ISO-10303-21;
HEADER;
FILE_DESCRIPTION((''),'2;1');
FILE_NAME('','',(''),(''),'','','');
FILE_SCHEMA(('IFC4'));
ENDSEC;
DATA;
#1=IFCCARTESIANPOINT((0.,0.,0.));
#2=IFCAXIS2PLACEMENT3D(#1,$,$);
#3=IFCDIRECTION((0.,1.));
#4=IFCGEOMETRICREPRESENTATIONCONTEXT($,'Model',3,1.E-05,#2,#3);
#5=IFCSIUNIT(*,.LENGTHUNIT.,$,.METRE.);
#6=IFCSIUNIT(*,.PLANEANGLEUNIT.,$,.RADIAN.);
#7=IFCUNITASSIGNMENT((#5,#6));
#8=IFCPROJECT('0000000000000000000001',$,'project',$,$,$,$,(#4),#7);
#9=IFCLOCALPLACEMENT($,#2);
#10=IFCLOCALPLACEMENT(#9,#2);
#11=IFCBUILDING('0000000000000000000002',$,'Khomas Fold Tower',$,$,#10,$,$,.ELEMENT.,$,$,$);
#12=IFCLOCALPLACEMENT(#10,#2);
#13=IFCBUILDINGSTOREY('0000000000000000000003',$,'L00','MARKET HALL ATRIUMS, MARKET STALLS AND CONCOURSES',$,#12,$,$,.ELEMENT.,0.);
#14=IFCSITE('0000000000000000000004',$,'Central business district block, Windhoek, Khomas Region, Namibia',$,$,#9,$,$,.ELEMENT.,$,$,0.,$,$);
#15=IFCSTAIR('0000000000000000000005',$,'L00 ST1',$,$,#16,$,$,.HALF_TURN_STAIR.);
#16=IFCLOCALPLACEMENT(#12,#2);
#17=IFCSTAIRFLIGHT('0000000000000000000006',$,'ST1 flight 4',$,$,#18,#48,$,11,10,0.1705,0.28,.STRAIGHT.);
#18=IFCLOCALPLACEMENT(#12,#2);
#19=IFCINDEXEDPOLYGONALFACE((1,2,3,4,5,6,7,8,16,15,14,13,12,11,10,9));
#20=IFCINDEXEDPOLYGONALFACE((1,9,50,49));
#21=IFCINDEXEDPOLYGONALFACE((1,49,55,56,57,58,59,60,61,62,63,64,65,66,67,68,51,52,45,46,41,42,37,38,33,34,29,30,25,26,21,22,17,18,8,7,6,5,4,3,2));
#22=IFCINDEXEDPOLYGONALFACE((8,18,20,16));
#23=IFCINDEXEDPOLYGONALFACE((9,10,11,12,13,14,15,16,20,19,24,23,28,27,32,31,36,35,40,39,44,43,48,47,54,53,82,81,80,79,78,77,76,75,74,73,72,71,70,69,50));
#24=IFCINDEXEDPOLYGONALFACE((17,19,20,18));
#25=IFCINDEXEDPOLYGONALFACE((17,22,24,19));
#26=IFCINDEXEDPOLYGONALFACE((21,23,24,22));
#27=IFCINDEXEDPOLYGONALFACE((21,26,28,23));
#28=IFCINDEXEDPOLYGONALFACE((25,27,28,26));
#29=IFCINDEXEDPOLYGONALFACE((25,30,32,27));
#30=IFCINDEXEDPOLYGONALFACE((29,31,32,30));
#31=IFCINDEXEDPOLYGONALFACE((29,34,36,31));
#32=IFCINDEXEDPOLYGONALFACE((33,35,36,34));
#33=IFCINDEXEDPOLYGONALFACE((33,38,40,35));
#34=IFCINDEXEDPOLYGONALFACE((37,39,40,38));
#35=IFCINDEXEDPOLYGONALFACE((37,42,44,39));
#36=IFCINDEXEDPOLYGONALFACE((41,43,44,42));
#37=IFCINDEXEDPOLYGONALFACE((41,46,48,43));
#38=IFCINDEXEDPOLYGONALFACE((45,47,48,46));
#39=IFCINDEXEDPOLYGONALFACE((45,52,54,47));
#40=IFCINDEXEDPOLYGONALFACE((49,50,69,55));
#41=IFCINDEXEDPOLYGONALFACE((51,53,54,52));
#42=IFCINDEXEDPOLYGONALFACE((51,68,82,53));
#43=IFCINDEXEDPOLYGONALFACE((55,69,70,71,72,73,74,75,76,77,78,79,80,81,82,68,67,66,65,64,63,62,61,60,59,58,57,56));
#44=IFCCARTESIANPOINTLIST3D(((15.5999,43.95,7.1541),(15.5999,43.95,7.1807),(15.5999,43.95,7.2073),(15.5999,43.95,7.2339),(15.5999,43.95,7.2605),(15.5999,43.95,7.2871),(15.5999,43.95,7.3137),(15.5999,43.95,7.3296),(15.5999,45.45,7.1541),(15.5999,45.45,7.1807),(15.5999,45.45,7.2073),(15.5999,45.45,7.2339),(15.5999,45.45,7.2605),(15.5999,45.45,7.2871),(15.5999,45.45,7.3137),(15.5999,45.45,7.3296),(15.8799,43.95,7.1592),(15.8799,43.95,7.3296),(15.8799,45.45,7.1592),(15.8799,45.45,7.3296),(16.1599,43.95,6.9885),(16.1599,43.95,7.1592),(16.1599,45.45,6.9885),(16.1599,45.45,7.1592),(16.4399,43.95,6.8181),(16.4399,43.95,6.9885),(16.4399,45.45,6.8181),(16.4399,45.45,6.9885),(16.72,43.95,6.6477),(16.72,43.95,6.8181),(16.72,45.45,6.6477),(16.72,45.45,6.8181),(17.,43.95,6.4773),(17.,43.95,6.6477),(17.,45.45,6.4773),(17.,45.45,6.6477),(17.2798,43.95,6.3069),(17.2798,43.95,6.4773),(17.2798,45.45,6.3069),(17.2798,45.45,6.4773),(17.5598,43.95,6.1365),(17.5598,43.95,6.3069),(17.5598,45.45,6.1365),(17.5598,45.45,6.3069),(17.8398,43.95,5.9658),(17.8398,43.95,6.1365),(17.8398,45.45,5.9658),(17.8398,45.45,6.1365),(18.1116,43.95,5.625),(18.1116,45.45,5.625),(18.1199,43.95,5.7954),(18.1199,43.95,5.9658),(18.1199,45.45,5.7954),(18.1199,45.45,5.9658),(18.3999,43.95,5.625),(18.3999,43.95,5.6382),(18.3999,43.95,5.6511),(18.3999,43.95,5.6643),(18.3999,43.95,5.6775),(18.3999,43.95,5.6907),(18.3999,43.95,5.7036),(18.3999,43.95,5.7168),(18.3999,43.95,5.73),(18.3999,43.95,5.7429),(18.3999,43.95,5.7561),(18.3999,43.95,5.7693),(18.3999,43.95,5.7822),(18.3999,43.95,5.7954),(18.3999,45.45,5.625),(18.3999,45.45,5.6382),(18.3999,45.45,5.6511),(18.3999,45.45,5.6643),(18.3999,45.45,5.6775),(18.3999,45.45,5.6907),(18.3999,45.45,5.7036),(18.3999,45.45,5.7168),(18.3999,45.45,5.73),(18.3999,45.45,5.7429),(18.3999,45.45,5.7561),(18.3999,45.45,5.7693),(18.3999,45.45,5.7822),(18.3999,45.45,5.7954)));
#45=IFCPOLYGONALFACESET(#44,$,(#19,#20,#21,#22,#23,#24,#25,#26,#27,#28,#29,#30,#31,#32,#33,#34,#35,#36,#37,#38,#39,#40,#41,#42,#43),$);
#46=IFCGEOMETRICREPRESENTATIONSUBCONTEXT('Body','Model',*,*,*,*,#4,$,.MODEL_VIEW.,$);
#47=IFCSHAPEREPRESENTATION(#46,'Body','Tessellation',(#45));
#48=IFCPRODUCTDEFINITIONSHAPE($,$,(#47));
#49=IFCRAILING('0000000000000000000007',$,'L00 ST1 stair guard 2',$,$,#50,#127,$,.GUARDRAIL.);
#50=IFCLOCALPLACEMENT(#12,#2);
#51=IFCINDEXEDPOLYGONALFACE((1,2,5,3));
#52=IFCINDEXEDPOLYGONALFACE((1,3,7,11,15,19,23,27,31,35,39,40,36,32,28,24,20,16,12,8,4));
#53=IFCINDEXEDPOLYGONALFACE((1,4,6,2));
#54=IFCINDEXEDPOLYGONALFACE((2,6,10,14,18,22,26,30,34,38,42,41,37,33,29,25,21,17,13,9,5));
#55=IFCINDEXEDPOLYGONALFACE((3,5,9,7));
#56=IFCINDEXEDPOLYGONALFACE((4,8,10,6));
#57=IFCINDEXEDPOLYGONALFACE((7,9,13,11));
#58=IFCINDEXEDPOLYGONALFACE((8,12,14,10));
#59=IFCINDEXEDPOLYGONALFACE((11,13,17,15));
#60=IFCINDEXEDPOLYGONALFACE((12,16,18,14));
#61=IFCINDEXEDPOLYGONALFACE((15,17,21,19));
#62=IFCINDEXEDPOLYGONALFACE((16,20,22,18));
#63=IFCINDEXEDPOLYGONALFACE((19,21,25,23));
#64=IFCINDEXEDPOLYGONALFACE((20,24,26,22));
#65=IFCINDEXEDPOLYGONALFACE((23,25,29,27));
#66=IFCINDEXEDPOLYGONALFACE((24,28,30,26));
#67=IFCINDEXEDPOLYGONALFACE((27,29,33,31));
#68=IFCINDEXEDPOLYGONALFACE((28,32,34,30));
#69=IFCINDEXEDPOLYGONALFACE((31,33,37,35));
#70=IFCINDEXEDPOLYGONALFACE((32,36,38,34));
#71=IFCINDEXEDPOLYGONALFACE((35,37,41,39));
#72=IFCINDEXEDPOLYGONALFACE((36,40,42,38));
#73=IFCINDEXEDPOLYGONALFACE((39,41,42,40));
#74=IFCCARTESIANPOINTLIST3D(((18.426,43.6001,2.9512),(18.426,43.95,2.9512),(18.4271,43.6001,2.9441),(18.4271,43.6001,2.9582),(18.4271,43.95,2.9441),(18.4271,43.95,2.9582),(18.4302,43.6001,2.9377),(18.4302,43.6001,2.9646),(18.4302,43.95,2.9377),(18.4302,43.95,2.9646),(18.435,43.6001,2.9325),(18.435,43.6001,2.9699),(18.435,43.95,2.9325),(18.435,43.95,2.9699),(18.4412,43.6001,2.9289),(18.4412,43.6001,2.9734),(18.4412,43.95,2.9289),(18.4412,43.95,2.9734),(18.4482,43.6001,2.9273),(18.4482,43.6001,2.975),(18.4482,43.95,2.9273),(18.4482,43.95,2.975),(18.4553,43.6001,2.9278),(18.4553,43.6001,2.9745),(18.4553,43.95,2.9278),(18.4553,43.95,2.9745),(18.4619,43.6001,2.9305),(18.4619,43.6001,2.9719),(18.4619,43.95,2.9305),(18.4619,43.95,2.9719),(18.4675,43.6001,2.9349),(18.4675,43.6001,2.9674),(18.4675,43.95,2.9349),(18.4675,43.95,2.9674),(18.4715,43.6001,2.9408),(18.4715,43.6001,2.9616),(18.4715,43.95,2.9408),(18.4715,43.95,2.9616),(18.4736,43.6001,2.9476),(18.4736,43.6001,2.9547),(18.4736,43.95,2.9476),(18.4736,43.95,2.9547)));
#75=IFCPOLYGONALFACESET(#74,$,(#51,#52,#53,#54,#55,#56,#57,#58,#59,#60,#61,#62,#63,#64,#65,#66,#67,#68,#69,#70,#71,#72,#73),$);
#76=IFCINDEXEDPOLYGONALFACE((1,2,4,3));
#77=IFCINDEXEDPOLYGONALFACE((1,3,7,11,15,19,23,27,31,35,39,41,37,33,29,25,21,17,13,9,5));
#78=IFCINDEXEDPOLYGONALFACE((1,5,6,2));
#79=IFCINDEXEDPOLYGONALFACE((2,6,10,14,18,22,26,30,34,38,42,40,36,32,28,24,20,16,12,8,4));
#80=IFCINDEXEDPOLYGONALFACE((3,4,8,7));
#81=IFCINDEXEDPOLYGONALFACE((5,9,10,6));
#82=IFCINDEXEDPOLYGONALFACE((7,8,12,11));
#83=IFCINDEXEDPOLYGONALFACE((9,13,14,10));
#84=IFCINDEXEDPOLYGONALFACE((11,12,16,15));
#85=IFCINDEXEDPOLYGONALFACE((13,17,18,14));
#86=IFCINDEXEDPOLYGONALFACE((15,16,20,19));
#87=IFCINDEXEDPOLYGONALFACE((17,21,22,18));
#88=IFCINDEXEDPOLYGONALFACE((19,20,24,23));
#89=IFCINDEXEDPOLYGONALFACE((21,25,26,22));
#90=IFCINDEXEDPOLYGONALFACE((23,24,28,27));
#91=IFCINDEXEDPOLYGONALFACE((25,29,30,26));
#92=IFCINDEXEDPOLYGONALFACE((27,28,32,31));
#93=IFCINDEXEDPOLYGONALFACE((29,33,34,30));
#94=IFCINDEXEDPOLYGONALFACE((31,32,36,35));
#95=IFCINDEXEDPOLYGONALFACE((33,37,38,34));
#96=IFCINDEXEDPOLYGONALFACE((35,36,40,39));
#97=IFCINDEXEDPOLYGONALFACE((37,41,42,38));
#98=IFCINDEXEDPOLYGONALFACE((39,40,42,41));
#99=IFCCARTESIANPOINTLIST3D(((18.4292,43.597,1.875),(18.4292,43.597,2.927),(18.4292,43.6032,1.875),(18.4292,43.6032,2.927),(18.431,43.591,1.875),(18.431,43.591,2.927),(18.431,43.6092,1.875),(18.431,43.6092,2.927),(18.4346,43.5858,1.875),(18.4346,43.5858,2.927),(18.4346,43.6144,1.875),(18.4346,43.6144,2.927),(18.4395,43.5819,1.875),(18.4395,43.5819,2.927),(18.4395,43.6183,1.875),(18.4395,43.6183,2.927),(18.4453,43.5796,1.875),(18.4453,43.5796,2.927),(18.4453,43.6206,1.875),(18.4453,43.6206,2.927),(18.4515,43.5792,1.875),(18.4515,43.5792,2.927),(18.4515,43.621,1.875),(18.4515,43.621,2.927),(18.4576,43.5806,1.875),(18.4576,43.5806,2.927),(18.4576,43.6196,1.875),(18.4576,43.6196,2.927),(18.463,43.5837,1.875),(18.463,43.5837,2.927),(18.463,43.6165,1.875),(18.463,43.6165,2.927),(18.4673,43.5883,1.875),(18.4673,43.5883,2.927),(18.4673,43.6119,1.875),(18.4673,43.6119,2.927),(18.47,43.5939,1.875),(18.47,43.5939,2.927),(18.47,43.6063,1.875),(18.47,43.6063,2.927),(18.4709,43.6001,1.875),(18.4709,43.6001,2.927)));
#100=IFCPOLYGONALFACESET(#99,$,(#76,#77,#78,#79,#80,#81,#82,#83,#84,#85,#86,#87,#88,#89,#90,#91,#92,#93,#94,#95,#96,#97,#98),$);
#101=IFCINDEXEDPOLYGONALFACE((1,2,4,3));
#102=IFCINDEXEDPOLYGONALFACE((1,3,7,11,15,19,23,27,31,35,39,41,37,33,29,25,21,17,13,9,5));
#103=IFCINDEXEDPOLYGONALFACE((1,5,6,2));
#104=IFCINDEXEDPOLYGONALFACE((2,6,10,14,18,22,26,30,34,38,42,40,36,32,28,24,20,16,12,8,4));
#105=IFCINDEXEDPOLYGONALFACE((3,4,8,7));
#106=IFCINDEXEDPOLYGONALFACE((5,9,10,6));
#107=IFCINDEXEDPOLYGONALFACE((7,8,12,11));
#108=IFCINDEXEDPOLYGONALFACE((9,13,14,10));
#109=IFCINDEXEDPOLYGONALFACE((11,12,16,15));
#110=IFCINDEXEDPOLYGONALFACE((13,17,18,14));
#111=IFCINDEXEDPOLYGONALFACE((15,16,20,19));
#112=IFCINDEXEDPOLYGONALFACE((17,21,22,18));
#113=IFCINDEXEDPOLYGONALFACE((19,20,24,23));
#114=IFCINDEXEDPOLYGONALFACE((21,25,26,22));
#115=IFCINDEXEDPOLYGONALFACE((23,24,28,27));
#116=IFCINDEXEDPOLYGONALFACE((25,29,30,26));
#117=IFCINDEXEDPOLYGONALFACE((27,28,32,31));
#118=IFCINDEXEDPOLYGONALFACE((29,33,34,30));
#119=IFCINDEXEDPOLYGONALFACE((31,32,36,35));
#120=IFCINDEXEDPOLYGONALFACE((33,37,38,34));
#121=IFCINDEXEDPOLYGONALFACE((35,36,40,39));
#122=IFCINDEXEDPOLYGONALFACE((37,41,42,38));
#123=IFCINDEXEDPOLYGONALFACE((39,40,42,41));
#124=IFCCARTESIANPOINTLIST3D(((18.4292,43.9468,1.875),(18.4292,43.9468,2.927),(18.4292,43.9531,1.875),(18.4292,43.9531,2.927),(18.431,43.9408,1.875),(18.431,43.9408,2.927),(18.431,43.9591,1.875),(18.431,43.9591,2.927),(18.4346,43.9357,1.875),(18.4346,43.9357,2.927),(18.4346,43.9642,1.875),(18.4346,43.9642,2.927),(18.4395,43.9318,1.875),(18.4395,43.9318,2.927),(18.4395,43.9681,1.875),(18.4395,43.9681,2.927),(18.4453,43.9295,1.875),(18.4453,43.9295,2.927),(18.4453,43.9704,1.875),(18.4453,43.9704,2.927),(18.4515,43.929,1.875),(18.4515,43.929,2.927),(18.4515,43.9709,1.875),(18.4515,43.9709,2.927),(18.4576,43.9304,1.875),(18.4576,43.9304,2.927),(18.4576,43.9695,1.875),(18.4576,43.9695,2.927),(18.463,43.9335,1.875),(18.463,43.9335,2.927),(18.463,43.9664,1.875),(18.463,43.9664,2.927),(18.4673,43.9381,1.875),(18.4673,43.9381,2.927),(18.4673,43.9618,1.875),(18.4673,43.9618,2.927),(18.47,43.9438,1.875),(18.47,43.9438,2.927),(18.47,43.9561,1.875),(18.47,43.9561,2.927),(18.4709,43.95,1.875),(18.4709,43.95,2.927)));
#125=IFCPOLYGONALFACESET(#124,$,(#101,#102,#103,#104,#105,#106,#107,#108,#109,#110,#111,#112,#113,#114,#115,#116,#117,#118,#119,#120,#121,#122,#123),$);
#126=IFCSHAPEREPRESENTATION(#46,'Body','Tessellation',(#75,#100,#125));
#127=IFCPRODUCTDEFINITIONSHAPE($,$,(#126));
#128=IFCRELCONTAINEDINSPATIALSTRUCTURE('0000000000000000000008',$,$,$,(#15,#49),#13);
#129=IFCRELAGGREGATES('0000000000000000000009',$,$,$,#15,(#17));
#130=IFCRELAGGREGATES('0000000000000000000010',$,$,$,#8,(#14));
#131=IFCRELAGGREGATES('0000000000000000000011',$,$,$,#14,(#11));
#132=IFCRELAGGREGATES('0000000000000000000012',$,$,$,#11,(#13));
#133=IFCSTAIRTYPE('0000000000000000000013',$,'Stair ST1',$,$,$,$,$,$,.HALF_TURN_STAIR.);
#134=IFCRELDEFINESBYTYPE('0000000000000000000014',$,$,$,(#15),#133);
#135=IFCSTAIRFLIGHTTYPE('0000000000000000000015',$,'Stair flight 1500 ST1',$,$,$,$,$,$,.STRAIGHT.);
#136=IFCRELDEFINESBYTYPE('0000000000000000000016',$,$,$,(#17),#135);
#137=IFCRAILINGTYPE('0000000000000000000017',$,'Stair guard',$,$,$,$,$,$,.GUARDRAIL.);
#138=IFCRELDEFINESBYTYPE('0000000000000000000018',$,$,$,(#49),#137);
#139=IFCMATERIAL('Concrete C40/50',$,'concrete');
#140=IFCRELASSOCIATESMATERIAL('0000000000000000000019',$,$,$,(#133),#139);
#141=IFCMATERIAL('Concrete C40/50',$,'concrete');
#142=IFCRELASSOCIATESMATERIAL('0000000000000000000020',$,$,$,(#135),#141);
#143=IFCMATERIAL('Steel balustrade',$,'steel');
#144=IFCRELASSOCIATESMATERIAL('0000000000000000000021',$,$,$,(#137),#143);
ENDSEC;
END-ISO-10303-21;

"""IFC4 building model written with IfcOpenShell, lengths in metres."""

from ifc_helpers import new_model, si_unit, direction, frame, origin, origin_2d, place, context, subcontext, project, spatial, polyline, circle, outline, extrude, source, transform, mapped, material, type_object, element, aggregate, save


model = new_model("IFC4")

# Units and contexts
model_context = context("Model", 3, precision=1e-05, world=origin(), true_north=direction((0.0, 1.0)))
body_context = subcontext(model_context, "Body", "Model", "MODEL_VIEW")
ifc_project = project(units=[si_unit("LENGTHUNIT", "METRE"), si_unit("PLANEANGLEUNIT", "RADIAN")], contexts=[model_context])

# Site, building, storey
site_placement = place(None, origin())
site = spatial("IfcSite", under=ifc_project, at=site_placement, Name="Central business district block, Windhoek, Khomas Region, Namibia", CompositionType="ELEMENT", RefElevation=0.0)
building_placement = place(site_placement, origin())
building = spatial("IfcBuilding", under=site, at=building_placement, Name="Khomas Fold Tower", CompositionType="ELEMENT")
storey_placement = place(building_placement, origin())
storey = spatial("IfcBuildingStorey", under=building, at=storey_placement, Name="L00", Description="MARKET HALL ATRIUMS, MARKET STALLS AND CONCOURSES", CompositionType="ELEMENT", Elevation=0.0)

# Stair, stair flight
ifc_material_1 = material(Name="Concrete C40/50", Category="concrete")
stair_type = type_object("IfcStairType", Name="Stair ST1", PredefinedType="HALF_TURN_STAIR", material=ifc_material_1)
stair_placement = place(storey_placement, origin())
stair = element("IfcStair", 1, at=stair_placement, inside=storey, type_object=stair_type, Name="L00 ST1", PredefinedType="HALF_TURN_STAIR")
ifc_material_2 = material(Name="Concrete C40/50", Category="concrete")
stair_flight_type = type_object("IfcStairFlightType", Name="Stair flight 1500 ST1", PredefinedType="STRAIGHT", material=ifc_material_2)
shared_shape_1 = source(origin(), body_context, "Body", "SweptSolid", [
    extrude(outline(polyline([(0.0, 0.0), (0.0, 0.0132), (0.0, 0.0261), (0.0, 0.0393), (0.0, 0.0525), (0.0, 0.0657), (0.0, 0.0786), (0.0, 0.0918), (0.0, 0.105), (0.0, 0.1179), (0.0, 0.1311), (0.0, 0.1443), (0.0, 0.1572), (0.0, 0.1704), (0.28, 0.1704), (0.28, 0.3408), (0.5601, 0.3408), (0.5601, 0.5115), (0.8401, 0.5115), (0.8401, 0.6819), (1.1201, 0.6819), (1.1201, 0.8523), (1.3999, 0.8523), (1.3999, 1.0227), (1.6799, 1.0227), (1.6799, 1.1931), (1.96, 1.1931), (1.96, 1.3635), (2.24, 1.3635), (2.24, 1.5342), (2.52, 1.5342), (2.52, 1.7046), (2.8, 1.7046), (2.8, 1.875), (2.8, 1.8484), (2.8, 1.8218), (2.8, 1.7952), (2.8, 1.7686), (2.8, 1.7419), (2.8, 1.7153), (2.8, 1.6887), (2.8, 1.6621), (2.8, 1.6355), (2.8, 1.6089), (2.8, 1.5823), (2.8, 1.5557), (2.8, 1.5291), (0.2883, 0.0), (0.0, 0.0)])), frame((0.0, 0.75, 0.0), z_axis=(0.0, -1.0, 0.0), x_axis=(1.0, 0.0, 0.0)), (0.0, 0.0, 1.0), 1.5),
])
stair_flight_1_placement = place(storey_placement, frame((18.3999, 44.7, 5.625), z_axis=(0.0, 0.0, 1.0), x_axis=(-1.0, 0.0, 0.0)))
stair_flight_1 = element("IfcStairFlight", 2, at=stair_flight_1_placement, type_object=stair_flight_type, Name="ST1 flight 4", NumberOfRisers=11, NumberOfTreads=10, PredefinedType="STRAIGHT", RiserHeight=0.1705, TreadLength=0.28, context=body_context, shape_type="MappedRepresentation", body=[
    mapped(shared_shape_1, transform((0.0, 0.0, 0.0))),
])
aggregate(stair, [stair_flight_1])

# Railing
ifc_material_3 = material(Name="Steel balustrade", Category="steel")
railing_type_1 = type_object("IfcRailingType", Name="Stair guard", PredefinedType="GUARDRAIL", material=ifc_material_3)
shared_shape_2 = source(origin(), body_context, "Body", "SweptSolid", [
    extrude(circle(Radius=0.0239, at=origin_2d()), frame((0.0, 0.0, 1.0762), z_axis=(0.0, 1.0, 0.0), x_axis=(-1.0, 0.0, 0.0)), (0.0, 0.0, 1.0), 0.3499),
    extrude(circle(Radius=0.021, at=origin_2d()), origin(), (0.0, 0.0, 1.0), 1.052),
    extrude(circle(Radius=0.021, at=origin_2d()), frame((0.0, 0.3499, 0.0)), (0.0, 0.0, 1.0), 1.052),
])
for number, where, name in (
    (3, (18.45, 43.6001, 1.875), "L00 ST1 stair guard 2"),
):
    element("IfcRailing", number, at=place(storey_placement, frame(where)), inside=storey, type_object=railing_type_1, Name=name, PredefinedType="GUARDRAIL", context=body_context, shape_type="MappedRepresentation", body=[
        mapped(shared_shape_2, transform((0.0, 0.0, 0.0))),
    ])

save(model, "model.ifc")
